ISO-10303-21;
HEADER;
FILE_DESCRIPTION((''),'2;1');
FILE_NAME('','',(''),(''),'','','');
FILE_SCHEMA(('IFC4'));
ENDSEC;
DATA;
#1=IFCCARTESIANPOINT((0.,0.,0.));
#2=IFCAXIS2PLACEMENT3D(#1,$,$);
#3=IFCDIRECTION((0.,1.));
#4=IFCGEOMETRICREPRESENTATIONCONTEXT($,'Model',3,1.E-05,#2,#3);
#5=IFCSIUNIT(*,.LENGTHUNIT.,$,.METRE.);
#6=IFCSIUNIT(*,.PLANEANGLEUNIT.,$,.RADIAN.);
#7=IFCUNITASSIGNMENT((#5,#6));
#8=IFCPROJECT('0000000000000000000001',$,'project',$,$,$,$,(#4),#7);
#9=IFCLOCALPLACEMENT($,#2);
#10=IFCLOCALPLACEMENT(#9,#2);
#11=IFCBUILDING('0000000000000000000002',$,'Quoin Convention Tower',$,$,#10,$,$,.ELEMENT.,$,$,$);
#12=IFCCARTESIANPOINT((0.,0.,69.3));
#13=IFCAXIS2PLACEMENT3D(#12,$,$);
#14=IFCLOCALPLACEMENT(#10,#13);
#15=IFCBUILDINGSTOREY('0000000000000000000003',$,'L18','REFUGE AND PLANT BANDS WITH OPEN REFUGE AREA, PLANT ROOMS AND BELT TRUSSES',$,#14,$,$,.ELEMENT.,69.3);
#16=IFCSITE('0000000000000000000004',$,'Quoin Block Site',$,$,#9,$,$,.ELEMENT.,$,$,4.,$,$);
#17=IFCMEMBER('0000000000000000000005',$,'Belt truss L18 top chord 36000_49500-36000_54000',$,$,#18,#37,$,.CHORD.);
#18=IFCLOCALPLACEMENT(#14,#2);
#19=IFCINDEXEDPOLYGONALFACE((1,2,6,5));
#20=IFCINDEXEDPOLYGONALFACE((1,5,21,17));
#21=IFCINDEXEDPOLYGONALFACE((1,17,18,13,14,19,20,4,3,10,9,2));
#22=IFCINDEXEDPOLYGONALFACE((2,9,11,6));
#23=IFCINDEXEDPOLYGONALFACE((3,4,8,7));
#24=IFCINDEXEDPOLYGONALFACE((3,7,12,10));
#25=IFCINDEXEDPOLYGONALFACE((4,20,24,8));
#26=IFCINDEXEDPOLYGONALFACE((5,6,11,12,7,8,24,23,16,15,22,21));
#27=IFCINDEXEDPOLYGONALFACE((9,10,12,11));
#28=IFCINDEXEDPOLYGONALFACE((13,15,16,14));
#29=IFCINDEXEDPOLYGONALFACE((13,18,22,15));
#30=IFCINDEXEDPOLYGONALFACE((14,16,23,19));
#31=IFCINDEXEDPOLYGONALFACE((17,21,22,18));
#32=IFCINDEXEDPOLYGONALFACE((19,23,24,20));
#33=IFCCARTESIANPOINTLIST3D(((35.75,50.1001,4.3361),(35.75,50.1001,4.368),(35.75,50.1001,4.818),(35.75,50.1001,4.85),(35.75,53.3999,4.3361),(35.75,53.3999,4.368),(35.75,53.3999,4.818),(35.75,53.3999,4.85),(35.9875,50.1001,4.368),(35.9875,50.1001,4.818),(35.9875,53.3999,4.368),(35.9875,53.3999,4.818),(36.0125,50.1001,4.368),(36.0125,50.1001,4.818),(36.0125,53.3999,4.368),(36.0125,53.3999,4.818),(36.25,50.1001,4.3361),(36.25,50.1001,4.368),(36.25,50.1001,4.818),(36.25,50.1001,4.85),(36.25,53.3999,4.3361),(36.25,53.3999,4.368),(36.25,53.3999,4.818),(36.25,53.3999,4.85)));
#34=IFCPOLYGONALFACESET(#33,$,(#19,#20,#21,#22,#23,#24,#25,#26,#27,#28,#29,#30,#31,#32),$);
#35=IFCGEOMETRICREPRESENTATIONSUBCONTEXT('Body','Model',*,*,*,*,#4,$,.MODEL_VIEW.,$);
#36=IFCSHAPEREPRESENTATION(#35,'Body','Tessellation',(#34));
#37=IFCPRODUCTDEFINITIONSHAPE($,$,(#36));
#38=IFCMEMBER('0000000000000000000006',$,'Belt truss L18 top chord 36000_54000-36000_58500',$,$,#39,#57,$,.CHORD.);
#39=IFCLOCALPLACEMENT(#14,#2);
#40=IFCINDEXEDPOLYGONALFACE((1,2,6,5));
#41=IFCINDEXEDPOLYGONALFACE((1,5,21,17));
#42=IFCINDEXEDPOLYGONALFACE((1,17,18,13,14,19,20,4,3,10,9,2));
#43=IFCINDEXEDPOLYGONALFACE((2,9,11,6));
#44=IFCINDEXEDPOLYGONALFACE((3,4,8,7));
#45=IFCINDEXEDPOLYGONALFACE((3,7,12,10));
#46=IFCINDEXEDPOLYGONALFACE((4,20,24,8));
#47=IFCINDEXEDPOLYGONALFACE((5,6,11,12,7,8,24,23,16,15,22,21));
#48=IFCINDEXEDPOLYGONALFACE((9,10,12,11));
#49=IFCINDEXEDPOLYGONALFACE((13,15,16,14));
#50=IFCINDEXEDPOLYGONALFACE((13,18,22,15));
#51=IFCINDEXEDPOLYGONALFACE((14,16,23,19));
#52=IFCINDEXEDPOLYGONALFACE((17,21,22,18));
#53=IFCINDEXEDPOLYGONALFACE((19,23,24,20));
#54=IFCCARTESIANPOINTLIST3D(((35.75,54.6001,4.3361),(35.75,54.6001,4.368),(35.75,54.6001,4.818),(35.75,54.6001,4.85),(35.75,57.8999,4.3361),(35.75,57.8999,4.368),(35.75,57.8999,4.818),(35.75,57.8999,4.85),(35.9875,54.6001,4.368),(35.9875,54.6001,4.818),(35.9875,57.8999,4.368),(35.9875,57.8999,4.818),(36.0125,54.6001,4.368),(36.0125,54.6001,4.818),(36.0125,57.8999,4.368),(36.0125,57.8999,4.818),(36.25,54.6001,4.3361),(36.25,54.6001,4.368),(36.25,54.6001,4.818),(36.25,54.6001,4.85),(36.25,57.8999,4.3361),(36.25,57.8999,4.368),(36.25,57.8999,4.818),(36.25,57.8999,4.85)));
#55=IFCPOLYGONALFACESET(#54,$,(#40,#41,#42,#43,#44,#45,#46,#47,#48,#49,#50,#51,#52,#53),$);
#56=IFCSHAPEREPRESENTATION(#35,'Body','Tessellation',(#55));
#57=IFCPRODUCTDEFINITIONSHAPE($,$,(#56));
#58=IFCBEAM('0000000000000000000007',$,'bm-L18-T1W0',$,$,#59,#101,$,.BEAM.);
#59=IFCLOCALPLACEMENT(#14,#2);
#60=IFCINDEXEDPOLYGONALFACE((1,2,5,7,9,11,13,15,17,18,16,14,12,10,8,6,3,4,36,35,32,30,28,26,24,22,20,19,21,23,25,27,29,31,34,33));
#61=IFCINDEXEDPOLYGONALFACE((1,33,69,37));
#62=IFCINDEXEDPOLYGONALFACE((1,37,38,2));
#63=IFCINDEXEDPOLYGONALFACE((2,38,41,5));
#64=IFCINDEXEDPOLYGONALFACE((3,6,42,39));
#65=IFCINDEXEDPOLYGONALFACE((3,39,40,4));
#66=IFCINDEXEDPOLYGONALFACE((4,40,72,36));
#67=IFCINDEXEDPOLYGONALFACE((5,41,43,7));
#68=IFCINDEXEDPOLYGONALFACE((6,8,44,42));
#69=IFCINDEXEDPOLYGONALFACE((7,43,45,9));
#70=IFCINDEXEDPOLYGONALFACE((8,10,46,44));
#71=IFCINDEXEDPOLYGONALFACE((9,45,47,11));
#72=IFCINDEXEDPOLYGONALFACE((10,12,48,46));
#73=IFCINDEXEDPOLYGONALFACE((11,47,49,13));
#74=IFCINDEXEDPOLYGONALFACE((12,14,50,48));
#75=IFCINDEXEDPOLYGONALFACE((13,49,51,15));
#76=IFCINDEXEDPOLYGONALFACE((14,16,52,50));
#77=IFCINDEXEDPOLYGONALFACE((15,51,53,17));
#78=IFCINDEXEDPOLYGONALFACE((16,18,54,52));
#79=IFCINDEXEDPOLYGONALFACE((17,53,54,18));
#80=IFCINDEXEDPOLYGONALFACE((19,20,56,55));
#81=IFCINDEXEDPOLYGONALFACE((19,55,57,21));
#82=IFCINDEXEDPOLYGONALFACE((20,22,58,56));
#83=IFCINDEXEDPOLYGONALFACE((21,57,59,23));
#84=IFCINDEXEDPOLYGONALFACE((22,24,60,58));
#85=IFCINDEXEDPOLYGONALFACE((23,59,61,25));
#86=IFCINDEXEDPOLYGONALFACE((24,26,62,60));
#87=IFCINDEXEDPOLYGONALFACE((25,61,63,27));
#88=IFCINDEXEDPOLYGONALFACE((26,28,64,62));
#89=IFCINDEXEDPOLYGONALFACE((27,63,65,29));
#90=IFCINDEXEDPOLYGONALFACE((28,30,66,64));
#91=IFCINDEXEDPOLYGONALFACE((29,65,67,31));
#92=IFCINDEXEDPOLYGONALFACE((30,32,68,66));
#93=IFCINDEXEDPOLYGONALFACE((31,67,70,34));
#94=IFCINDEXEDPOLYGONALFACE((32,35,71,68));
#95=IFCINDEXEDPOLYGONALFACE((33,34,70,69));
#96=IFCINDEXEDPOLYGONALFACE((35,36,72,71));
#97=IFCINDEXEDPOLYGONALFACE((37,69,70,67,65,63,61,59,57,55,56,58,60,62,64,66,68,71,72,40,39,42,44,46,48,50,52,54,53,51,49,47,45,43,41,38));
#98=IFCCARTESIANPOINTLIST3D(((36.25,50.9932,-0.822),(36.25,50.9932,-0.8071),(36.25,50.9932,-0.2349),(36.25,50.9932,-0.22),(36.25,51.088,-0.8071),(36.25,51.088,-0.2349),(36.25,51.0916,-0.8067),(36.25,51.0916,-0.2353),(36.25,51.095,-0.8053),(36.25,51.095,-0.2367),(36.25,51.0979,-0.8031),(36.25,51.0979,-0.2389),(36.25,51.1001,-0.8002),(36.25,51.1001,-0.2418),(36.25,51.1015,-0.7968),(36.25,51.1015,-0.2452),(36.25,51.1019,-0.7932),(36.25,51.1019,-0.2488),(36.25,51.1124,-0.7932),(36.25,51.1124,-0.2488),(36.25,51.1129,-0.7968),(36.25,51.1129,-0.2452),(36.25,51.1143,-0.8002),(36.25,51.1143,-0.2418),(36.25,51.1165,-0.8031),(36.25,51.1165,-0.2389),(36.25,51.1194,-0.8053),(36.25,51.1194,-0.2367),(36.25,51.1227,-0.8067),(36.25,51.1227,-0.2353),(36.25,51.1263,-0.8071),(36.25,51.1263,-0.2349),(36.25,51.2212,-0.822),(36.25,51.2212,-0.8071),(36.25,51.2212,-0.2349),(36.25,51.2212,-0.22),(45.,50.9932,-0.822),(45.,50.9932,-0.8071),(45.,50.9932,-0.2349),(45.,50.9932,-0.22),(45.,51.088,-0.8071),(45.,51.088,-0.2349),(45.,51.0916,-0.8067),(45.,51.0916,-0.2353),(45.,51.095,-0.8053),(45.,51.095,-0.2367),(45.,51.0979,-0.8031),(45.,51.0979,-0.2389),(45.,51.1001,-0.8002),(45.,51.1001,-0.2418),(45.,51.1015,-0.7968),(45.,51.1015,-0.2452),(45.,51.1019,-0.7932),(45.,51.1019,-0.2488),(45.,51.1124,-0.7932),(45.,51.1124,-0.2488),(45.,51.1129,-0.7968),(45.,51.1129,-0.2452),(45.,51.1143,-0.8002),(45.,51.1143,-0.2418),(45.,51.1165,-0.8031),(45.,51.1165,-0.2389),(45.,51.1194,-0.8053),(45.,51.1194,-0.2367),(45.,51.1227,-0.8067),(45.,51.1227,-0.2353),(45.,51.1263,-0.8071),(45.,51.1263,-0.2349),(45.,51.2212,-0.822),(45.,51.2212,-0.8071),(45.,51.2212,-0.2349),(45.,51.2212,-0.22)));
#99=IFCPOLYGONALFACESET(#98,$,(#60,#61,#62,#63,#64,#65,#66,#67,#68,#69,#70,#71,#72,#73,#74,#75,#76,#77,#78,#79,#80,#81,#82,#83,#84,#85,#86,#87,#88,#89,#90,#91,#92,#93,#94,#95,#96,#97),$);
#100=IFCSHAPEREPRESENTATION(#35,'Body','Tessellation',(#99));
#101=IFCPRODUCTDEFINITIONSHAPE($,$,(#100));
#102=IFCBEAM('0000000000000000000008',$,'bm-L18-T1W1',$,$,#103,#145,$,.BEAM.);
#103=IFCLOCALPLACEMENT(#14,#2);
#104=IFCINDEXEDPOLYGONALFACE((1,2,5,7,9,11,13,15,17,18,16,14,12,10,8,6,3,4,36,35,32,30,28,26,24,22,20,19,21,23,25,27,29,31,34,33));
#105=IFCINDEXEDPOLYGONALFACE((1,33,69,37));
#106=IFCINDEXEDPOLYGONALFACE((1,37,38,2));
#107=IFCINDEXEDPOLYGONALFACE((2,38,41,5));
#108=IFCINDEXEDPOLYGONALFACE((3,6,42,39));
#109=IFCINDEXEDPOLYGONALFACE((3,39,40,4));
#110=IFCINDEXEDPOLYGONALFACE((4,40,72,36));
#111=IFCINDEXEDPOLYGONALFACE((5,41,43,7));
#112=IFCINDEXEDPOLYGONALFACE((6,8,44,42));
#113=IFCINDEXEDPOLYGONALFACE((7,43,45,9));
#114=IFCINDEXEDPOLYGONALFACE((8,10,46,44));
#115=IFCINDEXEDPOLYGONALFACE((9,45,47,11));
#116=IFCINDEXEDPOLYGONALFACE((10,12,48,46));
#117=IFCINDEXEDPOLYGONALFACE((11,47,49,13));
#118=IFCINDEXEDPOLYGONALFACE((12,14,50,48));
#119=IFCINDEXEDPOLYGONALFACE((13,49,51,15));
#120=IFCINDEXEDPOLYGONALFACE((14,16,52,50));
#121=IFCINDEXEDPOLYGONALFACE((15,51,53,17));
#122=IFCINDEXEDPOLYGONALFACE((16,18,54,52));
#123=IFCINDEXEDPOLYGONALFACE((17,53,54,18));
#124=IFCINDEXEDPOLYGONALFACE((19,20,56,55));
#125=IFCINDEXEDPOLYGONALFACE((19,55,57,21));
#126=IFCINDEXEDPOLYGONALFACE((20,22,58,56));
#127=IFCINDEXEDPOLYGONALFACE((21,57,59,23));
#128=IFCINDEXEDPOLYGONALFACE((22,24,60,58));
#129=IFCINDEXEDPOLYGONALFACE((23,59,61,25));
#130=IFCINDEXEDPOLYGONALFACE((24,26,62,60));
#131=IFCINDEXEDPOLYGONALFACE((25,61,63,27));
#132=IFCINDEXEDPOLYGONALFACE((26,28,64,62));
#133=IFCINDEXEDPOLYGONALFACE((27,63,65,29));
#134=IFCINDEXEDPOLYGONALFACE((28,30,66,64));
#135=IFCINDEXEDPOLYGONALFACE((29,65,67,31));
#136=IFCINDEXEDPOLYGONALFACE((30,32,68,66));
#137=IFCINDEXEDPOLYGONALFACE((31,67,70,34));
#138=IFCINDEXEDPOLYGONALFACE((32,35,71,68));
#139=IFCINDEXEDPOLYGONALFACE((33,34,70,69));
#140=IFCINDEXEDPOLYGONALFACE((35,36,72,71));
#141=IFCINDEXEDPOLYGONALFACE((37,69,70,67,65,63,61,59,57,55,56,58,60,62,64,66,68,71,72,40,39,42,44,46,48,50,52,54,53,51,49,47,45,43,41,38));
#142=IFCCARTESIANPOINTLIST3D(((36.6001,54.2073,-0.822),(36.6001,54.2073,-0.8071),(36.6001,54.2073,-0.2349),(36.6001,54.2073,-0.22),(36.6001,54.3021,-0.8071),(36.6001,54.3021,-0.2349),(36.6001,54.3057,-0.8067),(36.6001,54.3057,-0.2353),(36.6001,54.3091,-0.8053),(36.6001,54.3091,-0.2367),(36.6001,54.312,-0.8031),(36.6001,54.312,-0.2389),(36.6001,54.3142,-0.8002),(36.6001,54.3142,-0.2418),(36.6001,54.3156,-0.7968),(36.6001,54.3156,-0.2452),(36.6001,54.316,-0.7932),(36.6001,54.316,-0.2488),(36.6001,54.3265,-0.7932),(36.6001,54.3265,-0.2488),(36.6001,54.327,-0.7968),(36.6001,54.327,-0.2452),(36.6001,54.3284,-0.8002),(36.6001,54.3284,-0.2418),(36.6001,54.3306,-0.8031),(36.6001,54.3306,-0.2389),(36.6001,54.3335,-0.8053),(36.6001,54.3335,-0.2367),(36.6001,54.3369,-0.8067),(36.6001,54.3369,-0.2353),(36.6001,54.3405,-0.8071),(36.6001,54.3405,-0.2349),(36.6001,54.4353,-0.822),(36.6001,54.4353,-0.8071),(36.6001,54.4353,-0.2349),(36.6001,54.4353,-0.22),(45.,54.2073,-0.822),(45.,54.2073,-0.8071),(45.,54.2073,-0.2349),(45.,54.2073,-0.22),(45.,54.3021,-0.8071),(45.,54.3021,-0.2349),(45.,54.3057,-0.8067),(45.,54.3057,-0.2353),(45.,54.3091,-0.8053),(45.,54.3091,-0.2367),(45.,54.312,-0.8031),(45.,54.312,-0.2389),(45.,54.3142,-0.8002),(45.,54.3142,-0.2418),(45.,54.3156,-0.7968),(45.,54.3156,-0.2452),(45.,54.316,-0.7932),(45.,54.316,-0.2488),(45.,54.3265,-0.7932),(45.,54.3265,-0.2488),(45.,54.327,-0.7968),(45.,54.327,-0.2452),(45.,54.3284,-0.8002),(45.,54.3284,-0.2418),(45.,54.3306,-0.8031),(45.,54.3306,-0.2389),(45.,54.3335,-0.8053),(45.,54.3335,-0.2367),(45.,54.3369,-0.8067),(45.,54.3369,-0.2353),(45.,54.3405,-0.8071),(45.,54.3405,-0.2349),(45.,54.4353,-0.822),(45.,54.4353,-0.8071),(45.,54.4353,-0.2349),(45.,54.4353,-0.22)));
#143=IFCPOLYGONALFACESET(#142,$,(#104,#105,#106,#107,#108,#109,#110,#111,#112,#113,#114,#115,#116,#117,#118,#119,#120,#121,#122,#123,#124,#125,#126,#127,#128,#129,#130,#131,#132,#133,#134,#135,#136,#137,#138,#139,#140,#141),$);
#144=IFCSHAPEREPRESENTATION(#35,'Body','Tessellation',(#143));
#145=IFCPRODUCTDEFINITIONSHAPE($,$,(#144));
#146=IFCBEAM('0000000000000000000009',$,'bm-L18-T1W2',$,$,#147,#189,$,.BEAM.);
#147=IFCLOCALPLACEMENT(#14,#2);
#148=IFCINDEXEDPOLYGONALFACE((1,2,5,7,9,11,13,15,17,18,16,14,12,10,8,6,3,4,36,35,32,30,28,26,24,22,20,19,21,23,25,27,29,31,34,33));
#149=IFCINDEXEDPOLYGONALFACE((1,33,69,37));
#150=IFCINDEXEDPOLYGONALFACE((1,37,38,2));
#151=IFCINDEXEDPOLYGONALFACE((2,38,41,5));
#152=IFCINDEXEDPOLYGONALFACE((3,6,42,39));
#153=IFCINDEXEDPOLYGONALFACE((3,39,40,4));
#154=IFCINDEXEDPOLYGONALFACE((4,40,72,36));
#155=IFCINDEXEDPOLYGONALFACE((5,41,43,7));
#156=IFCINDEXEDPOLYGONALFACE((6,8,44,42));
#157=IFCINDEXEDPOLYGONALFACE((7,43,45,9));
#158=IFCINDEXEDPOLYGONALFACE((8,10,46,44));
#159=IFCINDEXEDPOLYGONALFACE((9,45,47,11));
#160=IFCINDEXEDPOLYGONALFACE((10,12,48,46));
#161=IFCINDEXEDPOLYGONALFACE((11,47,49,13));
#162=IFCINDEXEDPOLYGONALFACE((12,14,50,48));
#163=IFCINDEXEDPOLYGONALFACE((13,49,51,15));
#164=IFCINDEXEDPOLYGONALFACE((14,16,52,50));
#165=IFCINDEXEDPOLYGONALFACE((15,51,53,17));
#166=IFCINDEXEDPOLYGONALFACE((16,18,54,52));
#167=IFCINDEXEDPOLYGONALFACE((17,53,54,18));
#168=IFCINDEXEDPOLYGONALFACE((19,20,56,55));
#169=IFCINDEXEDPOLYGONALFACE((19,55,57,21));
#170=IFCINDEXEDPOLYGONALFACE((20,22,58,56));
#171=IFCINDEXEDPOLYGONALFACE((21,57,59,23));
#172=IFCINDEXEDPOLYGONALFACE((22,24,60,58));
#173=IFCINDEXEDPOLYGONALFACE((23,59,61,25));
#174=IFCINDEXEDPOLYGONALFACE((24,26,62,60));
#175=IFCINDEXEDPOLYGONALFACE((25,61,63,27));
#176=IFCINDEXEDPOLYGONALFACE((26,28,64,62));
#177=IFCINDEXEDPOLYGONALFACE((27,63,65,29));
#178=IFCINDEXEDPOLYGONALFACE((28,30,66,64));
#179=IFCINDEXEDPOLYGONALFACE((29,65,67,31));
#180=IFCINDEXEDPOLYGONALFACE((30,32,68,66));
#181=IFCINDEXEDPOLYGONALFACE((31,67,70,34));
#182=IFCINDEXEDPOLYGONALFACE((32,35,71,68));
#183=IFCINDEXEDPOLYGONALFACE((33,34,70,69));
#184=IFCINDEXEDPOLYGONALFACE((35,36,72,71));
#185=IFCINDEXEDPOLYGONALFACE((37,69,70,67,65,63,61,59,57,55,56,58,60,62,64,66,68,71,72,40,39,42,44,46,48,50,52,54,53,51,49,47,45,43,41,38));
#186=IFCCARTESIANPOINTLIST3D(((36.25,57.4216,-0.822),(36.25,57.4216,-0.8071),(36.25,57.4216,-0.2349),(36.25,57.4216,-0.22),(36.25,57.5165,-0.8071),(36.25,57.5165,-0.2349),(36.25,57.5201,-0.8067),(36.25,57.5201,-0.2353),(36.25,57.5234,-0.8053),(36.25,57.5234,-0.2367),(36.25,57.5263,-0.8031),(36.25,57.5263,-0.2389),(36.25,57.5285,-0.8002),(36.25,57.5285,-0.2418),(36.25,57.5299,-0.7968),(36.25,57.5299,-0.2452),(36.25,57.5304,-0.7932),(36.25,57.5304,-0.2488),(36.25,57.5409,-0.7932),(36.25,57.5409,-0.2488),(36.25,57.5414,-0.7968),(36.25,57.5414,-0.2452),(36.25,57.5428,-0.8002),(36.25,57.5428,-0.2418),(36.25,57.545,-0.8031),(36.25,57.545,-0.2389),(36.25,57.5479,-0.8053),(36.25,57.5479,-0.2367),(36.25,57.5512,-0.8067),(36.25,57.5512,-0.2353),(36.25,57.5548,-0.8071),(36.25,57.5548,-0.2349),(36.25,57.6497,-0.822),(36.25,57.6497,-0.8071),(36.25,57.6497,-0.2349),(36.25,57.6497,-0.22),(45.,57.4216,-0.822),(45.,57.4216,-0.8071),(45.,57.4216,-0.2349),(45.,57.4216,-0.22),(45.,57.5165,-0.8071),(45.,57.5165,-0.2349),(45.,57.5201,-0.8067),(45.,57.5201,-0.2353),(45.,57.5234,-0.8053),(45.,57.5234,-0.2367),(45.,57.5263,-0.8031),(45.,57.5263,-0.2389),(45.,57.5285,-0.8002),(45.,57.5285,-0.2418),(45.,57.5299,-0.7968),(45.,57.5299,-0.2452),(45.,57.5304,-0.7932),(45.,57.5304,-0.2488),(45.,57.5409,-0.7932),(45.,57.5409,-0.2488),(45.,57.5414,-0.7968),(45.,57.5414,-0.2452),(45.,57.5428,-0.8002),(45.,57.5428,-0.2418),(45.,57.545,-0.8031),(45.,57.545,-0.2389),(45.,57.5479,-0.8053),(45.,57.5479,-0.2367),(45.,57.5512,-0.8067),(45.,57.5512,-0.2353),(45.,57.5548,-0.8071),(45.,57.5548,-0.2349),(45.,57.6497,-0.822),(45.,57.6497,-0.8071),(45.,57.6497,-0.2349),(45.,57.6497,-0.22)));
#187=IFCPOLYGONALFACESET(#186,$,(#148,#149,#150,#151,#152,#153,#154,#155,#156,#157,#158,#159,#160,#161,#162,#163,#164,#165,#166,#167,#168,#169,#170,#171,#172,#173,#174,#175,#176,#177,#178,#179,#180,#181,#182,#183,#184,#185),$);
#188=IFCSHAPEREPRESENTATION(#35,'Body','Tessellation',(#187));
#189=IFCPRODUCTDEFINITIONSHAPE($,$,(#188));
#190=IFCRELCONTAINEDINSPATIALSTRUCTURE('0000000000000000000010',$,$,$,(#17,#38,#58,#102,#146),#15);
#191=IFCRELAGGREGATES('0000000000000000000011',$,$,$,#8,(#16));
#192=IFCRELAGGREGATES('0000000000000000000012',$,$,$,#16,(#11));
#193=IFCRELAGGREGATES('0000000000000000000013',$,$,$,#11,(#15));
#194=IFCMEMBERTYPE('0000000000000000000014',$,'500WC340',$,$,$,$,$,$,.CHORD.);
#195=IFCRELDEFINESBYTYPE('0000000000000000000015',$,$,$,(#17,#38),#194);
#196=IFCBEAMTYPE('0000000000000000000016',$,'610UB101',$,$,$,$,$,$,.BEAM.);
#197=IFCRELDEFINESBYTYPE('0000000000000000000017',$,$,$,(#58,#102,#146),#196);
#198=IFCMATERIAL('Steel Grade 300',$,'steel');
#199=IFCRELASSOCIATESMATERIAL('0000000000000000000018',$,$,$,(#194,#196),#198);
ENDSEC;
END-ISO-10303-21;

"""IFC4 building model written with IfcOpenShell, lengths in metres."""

from ifc_helpers import new_model, si_unit, direction, frame, origin, origin_2d, place, context, subcontext, project, spatial, i_section, extrude, material, material_profile, profile_set, type_object, element, save


model = new_model("IFC4")

# Units and contexts
model_context = context("Model", 3, precision=1e-05, world=origin(), true_north=direction((0.0, 1.0)))
body_context = subcontext(model_context, "Body", "Model", "MODEL_VIEW")
ifc_project = project(units=[si_unit("LENGTHUNIT", "METRE"), si_unit("PLANEANGLEUNIT", "RADIAN")], contexts=[model_context])

# Site, building, storey
site_placement = place(None, origin())
site = spatial("IfcSite", under=ifc_project, at=site_placement, Name="Quoin Block Site", CompositionType="ELEMENT", RefElevation=4.0)
building_placement = place(site_placement, origin())
building = spatial("IfcBuilding", under=site, at=building_placement, Name="Quoin Convention Tower", CompositionType="ELEMENT")
storey_placement = place(building_placement, frame((0.0, 0.0, 69.3)))
storey = spatial("IfcBuildingStorey", under=building, at=storey_placement, Name="L18", Description="REFUGE AND PLANT BANDS WITH OPEN REFUGE AREA, PLANT ROOMS AND BELT TRUSSES", CompositionType="ELEMENT", Elevation=69.3)

# Members
ifc_material_1 = material(Name="Steel Grade 300", Category="steel")
ifc_material_profile_1 = material_profile(ifc_material_1, i_section(OverallWidth=0.5, OverallDepth=0.5139, WebThickness=0.0249, FlangeThickness=0.032, at=origin_2d()), Name="500WC340")
ifc_profile_set_1 = profile_set([ifc_material_profile_1], Name="Steel Grade 300")
member_type_1 = type_object("IfcMemberType", Name="500WC340", PredefinedType="CHORD", material=ifc_profile_set_1)
for number, where, z_axis, x_axis, name in (
    (1, (36.0, 50.1001, 4.593), (0.0, 1.0, 0.0), (-1.0, 0.0, 0.0), "Belt truss L18 top chord 36000_49500-36000_54000"),
    (2, (36.0, 54.6001, 4.593), (0.0, 1.0, 0.0), (-1.0, 0.0, 0.0), "Belt truss L18 top chord 36000_54000-36000_58500"),
):
    element("IfcMember", number, at=place(storey_placement, frame(where, z_axis=z_axis, x_axis=x_axis)), inside=storey, type_object=member_type_1, Name=name, PredefinedType="CHORD", context=body_context, shape_type="SweptSolid", body=[
        extrude(i_section(OverallWidth=0.5, OverallDepth=0.5139, WebThickness=0.0249, FlangeThickness=0.032, at=origin_2d()), origin(), (0.0, 0.0, 1.0), 3.2998),
    ])

# Beams
ifc_material_profile_2 = material_profile(ifc_material_1, i_section(OverallWidth=0.228, OverallDepth=0.6021, WebThickness=0.0105, FlangeThickness=0.0149, FilletRadius=0.0139, at=origin_2d()), Name="610UB101")
ifc_profile_set_2 = profile_set([ifc_material_profile_2], Name="Steel Grade 300")
beam_type_1 = type_object("IfcBeamType", Name="610UB101", PredefinedType="BEAM", material=ifc_profile_set_2)
beam_1_placement = place(storey_placement, frame((36.25, 51.1072, -0.521), z_axis=(1.0, 0.0, 0.0), x_axis=(0.0, 1.0, 0.0)))
element("IfcBeam", 3, at=beam_1_placement, inside=storey, type_object=beam_type_1, Name="bm-L18-T1W0", PredefinedType="BEAM", context=body_context, shape_type="SweptSolid", body=[
    extrude(i_section(OverallWidth=0.228, OverallDepth=0.6021, WebThickness=0.0105, FlangeThickness=0.0149, FilletRadius=0.0139, at=origin_2d()), origin(), (0.0, 0.0, 1.0), 8.75),
])
beam_2_placement = place(storey_placement, frame((36.6001, 54.3213, -0.521), z_axis=(1.0, 0.0, 0.0), x_axis=(0.0, 1.0, 0.0)))
element("IfcBeam", 4, at=beam_2_placement, inside=storey, type_object=beam_type_1, Name="bm-L18-T1W1", PredefinedType="BEAM", context=body_context, shape_type="SweptSolid", body=[
    extrude(i_section(OverallWidth=0.228, OverallDepth=0.6021, WebThickness=0.0105, FlangeThickness=0.0149, FilletRadius=0.0139, at=origin_2d()), origin(), (0.0, 0.0, 1.0), 8.3999),
])
for number, where, z_axis, x_axis, name in (
    (5, (36.25, 57.5356, -0.521), (1.0, 0.0, 0.0), (0.0, 1.0, 0.0), "bm-L18-T1W2"),
):
    element("IfcBeam", number, at=place(storey_placement, frame(where, z_axis=z_axis, x_axis=x_axis)), inside=storey, type_object=beam_type_1, Name=name, PredefinedType="BEAM", context=body_context, shape_type="SweptSolid", body=[
        extrude(i_section(OverallWidth=0.228, OverallDepth=0.6021, WebThickness=0.0105, FlangeThickness=0.0149, FilletRadius=0.0139, at=origin_2d()), origin(), (0.0, 0.0, 1.0), 8.75),
    ])

save(model, "model.ifc")
